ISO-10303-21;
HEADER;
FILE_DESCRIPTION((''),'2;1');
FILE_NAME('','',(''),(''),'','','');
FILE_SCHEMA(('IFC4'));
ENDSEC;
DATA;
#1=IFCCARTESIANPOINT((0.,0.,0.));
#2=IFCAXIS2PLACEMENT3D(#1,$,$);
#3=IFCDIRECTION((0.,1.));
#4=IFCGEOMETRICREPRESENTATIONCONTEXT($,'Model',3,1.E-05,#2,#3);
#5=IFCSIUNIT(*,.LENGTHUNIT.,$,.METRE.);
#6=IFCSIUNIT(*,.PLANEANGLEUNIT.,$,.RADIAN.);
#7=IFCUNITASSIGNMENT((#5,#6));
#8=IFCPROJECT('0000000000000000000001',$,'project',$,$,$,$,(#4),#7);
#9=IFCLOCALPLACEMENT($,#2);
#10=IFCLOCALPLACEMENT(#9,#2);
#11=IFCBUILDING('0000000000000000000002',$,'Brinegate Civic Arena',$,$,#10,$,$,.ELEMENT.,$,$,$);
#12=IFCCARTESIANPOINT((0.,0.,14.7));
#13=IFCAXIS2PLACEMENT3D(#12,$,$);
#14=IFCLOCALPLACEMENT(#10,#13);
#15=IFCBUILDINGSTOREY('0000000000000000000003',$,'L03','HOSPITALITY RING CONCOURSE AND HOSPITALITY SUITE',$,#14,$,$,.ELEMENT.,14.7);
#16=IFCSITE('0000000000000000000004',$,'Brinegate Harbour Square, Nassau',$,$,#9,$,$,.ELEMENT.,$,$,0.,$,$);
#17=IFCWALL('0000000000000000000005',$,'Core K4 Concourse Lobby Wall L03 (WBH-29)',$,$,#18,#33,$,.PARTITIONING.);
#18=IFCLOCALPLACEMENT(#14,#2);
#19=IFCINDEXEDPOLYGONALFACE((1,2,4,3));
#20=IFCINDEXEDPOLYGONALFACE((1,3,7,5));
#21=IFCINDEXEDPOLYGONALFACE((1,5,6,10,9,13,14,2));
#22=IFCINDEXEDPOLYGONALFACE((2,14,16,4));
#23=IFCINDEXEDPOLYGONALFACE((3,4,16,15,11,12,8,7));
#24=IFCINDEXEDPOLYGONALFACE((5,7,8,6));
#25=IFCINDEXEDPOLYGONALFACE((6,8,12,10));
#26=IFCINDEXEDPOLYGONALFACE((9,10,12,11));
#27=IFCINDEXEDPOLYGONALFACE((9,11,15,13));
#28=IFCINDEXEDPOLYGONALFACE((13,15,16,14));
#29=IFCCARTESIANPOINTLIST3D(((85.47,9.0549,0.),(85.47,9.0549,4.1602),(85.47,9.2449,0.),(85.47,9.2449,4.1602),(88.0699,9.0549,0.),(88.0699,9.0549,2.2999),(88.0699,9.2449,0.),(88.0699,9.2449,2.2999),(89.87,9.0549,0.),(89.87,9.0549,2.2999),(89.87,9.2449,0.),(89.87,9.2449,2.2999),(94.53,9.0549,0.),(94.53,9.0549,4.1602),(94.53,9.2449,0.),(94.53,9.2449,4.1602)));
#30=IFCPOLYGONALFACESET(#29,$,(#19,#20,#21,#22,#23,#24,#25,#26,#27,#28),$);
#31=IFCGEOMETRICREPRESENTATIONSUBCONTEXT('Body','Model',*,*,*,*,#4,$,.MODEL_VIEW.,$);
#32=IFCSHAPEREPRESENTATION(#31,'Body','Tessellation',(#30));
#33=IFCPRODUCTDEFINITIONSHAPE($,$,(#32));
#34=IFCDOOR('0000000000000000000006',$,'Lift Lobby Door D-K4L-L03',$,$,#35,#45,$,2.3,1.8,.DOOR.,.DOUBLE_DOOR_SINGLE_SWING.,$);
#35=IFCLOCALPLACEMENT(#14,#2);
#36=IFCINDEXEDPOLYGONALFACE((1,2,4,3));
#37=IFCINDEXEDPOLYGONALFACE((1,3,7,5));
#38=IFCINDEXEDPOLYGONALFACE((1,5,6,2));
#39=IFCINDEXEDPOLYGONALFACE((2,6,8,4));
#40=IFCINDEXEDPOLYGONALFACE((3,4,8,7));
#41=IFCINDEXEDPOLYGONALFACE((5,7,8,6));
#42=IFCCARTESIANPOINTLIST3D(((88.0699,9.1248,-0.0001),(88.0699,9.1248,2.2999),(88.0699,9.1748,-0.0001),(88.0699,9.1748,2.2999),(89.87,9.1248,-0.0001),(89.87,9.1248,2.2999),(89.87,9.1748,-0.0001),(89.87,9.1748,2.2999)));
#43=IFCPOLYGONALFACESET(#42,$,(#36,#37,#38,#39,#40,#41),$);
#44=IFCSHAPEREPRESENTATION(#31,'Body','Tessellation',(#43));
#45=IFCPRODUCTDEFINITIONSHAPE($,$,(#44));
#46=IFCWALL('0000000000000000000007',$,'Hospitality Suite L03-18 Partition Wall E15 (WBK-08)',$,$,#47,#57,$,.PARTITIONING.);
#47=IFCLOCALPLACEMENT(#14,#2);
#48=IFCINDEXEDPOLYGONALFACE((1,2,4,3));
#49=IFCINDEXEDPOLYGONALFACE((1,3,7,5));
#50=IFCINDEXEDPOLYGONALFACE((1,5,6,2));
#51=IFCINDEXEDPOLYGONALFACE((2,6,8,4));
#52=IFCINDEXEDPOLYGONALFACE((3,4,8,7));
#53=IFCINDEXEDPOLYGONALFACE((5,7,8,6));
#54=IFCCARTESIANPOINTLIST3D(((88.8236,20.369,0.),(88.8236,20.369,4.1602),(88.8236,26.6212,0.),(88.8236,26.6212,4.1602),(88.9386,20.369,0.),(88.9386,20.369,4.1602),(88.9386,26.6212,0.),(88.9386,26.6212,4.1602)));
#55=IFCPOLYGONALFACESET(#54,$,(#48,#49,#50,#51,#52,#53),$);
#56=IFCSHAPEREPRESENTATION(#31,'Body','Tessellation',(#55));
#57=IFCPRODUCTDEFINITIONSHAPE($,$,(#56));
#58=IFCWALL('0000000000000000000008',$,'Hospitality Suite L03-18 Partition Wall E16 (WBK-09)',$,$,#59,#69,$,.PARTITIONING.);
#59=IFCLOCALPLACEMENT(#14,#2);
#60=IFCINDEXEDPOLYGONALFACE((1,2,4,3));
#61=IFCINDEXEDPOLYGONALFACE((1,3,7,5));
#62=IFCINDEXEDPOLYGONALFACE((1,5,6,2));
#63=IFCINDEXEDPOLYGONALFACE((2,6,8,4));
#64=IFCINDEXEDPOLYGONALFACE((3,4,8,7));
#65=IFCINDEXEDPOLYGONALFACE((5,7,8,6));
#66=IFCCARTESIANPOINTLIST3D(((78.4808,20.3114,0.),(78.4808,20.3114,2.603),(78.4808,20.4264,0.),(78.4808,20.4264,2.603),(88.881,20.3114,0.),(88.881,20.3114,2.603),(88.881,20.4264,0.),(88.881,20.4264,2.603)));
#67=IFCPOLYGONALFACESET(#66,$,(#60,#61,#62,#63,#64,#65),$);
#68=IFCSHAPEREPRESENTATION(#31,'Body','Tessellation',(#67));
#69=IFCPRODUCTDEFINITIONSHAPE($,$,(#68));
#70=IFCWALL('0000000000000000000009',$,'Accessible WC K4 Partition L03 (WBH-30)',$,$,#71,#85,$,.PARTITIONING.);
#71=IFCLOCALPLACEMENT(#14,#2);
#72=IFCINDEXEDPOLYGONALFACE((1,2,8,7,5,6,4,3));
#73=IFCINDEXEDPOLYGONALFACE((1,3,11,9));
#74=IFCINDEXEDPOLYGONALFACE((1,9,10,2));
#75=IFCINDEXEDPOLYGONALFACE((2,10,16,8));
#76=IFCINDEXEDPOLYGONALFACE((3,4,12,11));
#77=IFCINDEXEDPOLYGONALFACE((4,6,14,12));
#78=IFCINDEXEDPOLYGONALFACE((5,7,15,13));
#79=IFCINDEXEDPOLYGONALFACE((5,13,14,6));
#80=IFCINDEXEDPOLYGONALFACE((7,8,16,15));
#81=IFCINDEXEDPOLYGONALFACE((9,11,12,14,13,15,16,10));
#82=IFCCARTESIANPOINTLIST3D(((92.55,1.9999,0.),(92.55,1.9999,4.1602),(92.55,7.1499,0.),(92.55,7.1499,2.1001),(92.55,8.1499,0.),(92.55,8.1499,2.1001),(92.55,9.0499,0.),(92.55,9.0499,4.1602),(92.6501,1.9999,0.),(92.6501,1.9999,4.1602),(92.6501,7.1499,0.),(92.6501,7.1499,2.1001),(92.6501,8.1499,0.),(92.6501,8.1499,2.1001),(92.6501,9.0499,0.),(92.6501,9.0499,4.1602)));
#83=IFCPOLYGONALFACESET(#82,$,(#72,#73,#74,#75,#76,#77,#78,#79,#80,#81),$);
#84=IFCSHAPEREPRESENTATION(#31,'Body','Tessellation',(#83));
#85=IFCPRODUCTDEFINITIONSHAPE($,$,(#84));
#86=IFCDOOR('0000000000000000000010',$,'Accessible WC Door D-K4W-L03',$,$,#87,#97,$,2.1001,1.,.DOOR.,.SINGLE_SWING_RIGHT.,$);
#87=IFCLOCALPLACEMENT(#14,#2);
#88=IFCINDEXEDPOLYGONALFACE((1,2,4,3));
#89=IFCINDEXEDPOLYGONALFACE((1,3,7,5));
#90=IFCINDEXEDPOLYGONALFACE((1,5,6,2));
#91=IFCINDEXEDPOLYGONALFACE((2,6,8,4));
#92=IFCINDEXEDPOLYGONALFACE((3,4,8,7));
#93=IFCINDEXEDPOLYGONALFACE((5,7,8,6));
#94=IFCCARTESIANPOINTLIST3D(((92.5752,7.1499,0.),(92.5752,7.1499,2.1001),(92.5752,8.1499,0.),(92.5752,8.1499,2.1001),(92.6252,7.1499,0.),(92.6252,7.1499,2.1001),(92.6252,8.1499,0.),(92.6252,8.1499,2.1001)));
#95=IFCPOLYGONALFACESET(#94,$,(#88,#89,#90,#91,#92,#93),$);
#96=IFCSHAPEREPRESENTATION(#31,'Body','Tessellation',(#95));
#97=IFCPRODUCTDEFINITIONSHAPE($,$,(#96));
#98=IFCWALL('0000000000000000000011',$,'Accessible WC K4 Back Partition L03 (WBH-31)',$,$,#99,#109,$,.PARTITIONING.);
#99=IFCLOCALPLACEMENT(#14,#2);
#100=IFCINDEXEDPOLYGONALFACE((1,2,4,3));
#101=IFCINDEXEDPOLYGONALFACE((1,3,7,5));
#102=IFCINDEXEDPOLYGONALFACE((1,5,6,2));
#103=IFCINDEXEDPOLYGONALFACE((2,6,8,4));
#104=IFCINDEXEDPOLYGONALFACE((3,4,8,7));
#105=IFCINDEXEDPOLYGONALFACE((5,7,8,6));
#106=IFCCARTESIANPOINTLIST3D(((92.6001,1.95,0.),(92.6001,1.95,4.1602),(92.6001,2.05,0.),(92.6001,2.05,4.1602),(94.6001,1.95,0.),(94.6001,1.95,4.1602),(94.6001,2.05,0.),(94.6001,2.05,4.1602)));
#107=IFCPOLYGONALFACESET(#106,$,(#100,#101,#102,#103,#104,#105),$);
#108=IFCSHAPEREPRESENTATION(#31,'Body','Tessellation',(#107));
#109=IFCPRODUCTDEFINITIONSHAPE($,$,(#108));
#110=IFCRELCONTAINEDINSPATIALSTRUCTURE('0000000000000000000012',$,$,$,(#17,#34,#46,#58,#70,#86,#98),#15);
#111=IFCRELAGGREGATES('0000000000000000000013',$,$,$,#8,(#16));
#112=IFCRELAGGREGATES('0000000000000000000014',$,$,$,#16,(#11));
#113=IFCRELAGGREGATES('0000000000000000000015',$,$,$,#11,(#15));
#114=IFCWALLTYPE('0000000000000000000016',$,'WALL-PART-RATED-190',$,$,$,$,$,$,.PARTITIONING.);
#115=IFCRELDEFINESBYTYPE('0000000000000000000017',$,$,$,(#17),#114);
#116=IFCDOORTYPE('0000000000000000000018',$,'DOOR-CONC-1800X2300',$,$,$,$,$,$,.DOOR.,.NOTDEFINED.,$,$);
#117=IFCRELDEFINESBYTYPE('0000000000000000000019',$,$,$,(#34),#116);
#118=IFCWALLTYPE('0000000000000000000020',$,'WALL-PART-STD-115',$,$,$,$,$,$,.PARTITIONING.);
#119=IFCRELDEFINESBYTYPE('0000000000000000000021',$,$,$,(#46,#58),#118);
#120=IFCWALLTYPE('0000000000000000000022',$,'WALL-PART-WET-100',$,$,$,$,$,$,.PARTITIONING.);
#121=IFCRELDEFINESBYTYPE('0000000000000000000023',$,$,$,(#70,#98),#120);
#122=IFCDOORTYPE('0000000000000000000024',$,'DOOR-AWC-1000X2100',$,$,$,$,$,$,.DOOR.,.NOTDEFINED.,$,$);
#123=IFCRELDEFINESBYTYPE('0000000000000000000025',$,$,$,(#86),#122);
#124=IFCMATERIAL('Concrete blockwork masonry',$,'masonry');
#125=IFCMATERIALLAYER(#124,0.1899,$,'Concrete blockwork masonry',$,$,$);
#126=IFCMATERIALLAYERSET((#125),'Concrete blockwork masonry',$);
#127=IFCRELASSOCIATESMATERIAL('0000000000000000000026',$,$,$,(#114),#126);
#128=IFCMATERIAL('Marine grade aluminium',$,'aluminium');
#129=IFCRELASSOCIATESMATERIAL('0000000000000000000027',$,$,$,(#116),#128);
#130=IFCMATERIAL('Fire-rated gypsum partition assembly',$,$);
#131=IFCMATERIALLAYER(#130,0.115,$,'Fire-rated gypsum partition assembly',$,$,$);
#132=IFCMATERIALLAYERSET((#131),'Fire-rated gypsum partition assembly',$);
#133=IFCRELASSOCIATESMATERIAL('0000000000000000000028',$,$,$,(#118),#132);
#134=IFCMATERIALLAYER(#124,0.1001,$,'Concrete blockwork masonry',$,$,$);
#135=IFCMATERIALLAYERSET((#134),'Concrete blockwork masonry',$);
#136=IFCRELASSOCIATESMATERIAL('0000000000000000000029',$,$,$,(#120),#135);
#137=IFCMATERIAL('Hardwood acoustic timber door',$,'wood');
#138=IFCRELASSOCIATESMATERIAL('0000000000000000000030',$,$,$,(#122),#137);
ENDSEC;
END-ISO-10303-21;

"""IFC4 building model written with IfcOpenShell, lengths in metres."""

from ifc_helpers import new_model, si_unit, direction, frame, frame_2d, origin, place, context, subcontext, project, spatial, rectangle, extrude, material, layer, layer_set, type_object, element, fill, save


model = new_model("IFC4")

# Units and contexts
model_context = context("Model", 3, precision=1e-05, world=origin(), true_north=direction((0.0, 1.0)))
body_context = subcontext(model_context, "Body", "Model", "MODEL_VIEW")
ifc_project = project(units=[si_unit("LENGTHUNIT", "METRE"), si_unit("PLANEANGLEUNIT", "RADIAN")], contexts=[model_context])

# Site, building, storey
site_placement = place(None, origin())
site = spatial("IfcSite", under=ifc_project, at=site_placement, Name="Brinegate Harbour Square, Nassau", CompositionType="ELEMENT", RefElevation=0.0)
building_placement = place(site_placement, origin())
building = spatial("IfcBuilding", under=site, at=building_placement, Name="Brinegate Civic Arena", CompositionType="ELEMENT")
storey_placement = place(building_placement, frame((0.0, 0.0, 14.7)))
storey = spatial("IfcBuildingStorey", under=building, at=storey_placement, Name="L03", Description="HOSPITALITY RING CONCOURSE AND HOSPITALITY SUITE", CompositionType="ELEMENT", Elevation=14.7)

# Wall, opening, door
ifc_material_1 = material(Name="Concrete blockwork masonry", Category="masonry")
ifc_layer_1 = layer(ifc_material_1, 0.1899, Name="Concrete blockwork masonry")
ifc_layer_set_1 = layer_set([ifc_layer_1], Name="Concrete blockwork masonry")
wall_type_1 = type_object("IfcWallType", Name="WALL-PART-RATED-190", PredefinedType="PARTITIONING", material=ifc_layer_set_1)
wall_1_placement = place(storey_placement, frame((85.47, 9.1499, 0.0), z_axis=(0.0, 0.0, 1.0), x_axis=(1.0, 0.0, 0.0)))
wall_1 = element("IfcWall", 1, at=wall_1_placement, inside=storey, type_object=wall_type_1, Name="Core K4 Concourse Lobby Wall L03 (WBH-29)", PredefinedType="PARTITIONING", context=body_context, shape_type="SweptSolid", body=[
    extrude(rectangle(XDim=9.0601, YDim=0.1899, at=frame_2d((4.53, 0.0))), origin(), (0.0, 0.0, 1.0), 4.1602),
])
opening_1_placement = place(wall_1_placement, frame((2.6001, 0.0, 0.0)))
opening_1 = element("IfcOpeningElement", 2, at=opening_1_placement, cuts=wall_1, PredefinedType="OPENING", context=body_context, shape_type="SweptSolid", body=[
    extrude(rectangle(XDim=1.8, YDim=2.3, at=frame_2d((0.8999, 1.1499))), frame((0.0, 0.105, 0.0), z_axis=(0.0, -1.0, 0.0), x_axis=(1.0, 0.0, 0.0)), (0.0, 0.0, 1.0), 0.21),
])
ifc_material_2 = material(Name="Marine grade aluminium", Category="aluminium")
door_type_1 = type_object("IfcDoorType", Name="DOOR-CONC-1800X2300", OperationType="NOTDEFINED", PredefinedType="DOOR", material=ifc_material_2)
door_1_placement = place(opening_1_placement, origin())
door_1 = element("IfcDoor", 3, at=door_1_placement, inside=storey, type_object=door_type_1, Name="Lift Lobby Door D-K4L-L03", OperationType="DOUBLE_DOOR_SINGLE_SWING", OverallHeight=2.3, OverallWidth=1.8, PredefinedType="DOOR", context=body_context, shape_type="SweptSolid", body=[
    extrude(rectangle(XDim=1.8, YDim=2.3, at=frame_2d((0.8999, 1.1499))), frame((0.0, 0.0249, 0.0), z_axis=(0.0, -1.0, 0.0), x_axis=(1.0, 0.0, 0.0)), (0.0, 0.0, 1.0), 0.05),
])
fill(opening_1, door_1)

# Walls
ifc_material_3 = material(Name="Fire-rated gypsum partition assembly")
ifc_layer_2 = layer(ifc_material_3, 0.115, Name="Fire-rated gypsum partition assembly")
ifc_layer_set_2 = layer_set([ifc_layer_2], Name="Fire-rated gypsum partition assembly")
wall_type_2 = type_object("IfcWallType", Name="WALL-PART-STD-115", PredefinedType="PARTITIONING", material=ifc_layer_set_2)
wall_2_placement = place(storey_placement, frame((88.8811, 26.6211, 0.0), z_axis=(0.0, 0.0, 1.0), x_axis=(0.0, -1.0, 0.0)))
element("IfcWall", 4, at=wall_2_placement, inside=storey, type_object=wall_type_2, Name="Hospitality Suite L03-18 Partition Wall E15 (WBK-08)", PredefinedType="PARTITIONING", context=body_context, shape_type="SweptSolid", body=[
    extrude(rectangle(XDim=6.2522, YDim=0.115, at=frame_2d((3.126, 0.0))), origin(), (0.0, 0.0, 1.0), 4.1602),
])
wall_3_placement = place(storey_placement, frame((88.8811, 20.3689, 0.0), z_axis=(0.0, 0.0, 1.0), x_axis=(-1.0, 0.0, 0.0)))
element("IfcWall", 5, at=wall_3_placement, inside=storey, type_object=wall_type_2, Name="Hospitality Suite L03-18 Partition Wall E16 (WBK-09)", PredefinedType="PARTITIONING", context=body_context, shape_type="SweptSolid", body=[
    extrude(rectangle(XDim=10.4001, YDim=0.115, at=frame_2d((5.2002, 0.0))), origin(), (0.0, 0.0, 1.0), 2.603),
])

# Wall, opening, door
ifc_layer_3 = layer(ifc_material_1, 0.1001, Name="Concrete blockwork masonry")
ifc_layer_set_3 = layer_set([ifc_layer_3], Name="Concrete blockwork masonry")
wall_type_3 = type_object("IfcWallType", Name="WALL-PART-WET-100", PredefinedType="PARTITIONING", material=ifc_layer_set_3)
wall_4_placement = place(storey_placement, frame((92.6001, 2.0, 0.0), z_axis=(0.0, 0.0, 1.0), x_axis=(0.0, 1.0, 0.0)))
wall_4 = element("IfcWall", 6, at=wall_4_placement, inside=storey, type_object=wall_type_3, Name="Accessible WC K4 Partition L03 (WBH-30)", PredefinedType="PARTITIONING", context=body_context, shape_type="SweptSolid", body=[
    extrude(rectangle(XDim=7.05, YDim=0.1001, at=frame_2d((3.5249, 0.0))), origin(), (0.0, 0.0, 1.0), 4.1602),
])
opening_2_placement = place(wall_4_placement, frame((5.1499, 0.0, 0.0)))
opening_2 = element("IfcOpeningElement", 7, at=opening_2_placement, cuts=wall_4, PredefinedType="OPENING", context=body_context, shape_type="SweptSolid", body=[
    extrude(rectangle(XDim=1.0, YDim=2.1001, at=frame_2d((0.5, 1.05))), frame((0.0, 0.0601, 0.0), z_axis=(0.0, -1.0, 0.0), x_axis=(1.0, 0.0, 0.0)), (0.0, 0.0, 1.0), 0.1201),
])
ifc_material_4 = material(Name="Hardwood acoustic timber door", Category="wood")
door_type_2 = type_object("IfcDoorType", Name="DOOR-AWC-1000X2100", OperationType="NOTDEFINED", PredefinedType="DOOR", material=ifc_material_4)
door_2_placement = place(opening_2_placement, origin())
door_2 = element("IfcDoor", 8, at=door_2_placement, inside=storey, type_object=door_type_2, Name="Accessible WC Door D-K4W-L03", OperationType="SINGLE_SWING_RIGHT", OverallHeight=2.1001, OverallWidth=1.0, PredefinedType="DOOR", context=body_context, shape_type="SweptSolid", body=[
    extrude(rectangle(XDim=1.0, YDim=2.1001, at=frame_2d((0.5, 1.05))), frame((0.0, 0.0249, 0.0), z_axis=(0.0, -1.0, 0.0), x_axis=(1.0, 0.0, 0.0)), (0.0, 0.0, 1.0), 0.05),
])
fill(opening_2, door_2)

# Wall
wall_5_placement = place(storey_placement, frame((92.6001, 2.0, 0.0), z_axis=(0.0, 0.0, 1.0), x_axis=(1.0, 0.0, 0.0)))
element("IfcWall", 9, at=wall_5_placement, inside=storey, type_object=wall_type_3, Name="Accessible WC K4 Back Partition L03 (WBH-31)", PredefinedType="PARTITIONING", context=body_context, shape_type="SweptSolid", body=[
    extrude(rectangle(XDim=2.0, YDim=0.1001, at=frame_2d((1.0, 0.0))), origin(), (0.0, 0.0, 1.0), 4.1602),
])

save(model, "model.ifc")
